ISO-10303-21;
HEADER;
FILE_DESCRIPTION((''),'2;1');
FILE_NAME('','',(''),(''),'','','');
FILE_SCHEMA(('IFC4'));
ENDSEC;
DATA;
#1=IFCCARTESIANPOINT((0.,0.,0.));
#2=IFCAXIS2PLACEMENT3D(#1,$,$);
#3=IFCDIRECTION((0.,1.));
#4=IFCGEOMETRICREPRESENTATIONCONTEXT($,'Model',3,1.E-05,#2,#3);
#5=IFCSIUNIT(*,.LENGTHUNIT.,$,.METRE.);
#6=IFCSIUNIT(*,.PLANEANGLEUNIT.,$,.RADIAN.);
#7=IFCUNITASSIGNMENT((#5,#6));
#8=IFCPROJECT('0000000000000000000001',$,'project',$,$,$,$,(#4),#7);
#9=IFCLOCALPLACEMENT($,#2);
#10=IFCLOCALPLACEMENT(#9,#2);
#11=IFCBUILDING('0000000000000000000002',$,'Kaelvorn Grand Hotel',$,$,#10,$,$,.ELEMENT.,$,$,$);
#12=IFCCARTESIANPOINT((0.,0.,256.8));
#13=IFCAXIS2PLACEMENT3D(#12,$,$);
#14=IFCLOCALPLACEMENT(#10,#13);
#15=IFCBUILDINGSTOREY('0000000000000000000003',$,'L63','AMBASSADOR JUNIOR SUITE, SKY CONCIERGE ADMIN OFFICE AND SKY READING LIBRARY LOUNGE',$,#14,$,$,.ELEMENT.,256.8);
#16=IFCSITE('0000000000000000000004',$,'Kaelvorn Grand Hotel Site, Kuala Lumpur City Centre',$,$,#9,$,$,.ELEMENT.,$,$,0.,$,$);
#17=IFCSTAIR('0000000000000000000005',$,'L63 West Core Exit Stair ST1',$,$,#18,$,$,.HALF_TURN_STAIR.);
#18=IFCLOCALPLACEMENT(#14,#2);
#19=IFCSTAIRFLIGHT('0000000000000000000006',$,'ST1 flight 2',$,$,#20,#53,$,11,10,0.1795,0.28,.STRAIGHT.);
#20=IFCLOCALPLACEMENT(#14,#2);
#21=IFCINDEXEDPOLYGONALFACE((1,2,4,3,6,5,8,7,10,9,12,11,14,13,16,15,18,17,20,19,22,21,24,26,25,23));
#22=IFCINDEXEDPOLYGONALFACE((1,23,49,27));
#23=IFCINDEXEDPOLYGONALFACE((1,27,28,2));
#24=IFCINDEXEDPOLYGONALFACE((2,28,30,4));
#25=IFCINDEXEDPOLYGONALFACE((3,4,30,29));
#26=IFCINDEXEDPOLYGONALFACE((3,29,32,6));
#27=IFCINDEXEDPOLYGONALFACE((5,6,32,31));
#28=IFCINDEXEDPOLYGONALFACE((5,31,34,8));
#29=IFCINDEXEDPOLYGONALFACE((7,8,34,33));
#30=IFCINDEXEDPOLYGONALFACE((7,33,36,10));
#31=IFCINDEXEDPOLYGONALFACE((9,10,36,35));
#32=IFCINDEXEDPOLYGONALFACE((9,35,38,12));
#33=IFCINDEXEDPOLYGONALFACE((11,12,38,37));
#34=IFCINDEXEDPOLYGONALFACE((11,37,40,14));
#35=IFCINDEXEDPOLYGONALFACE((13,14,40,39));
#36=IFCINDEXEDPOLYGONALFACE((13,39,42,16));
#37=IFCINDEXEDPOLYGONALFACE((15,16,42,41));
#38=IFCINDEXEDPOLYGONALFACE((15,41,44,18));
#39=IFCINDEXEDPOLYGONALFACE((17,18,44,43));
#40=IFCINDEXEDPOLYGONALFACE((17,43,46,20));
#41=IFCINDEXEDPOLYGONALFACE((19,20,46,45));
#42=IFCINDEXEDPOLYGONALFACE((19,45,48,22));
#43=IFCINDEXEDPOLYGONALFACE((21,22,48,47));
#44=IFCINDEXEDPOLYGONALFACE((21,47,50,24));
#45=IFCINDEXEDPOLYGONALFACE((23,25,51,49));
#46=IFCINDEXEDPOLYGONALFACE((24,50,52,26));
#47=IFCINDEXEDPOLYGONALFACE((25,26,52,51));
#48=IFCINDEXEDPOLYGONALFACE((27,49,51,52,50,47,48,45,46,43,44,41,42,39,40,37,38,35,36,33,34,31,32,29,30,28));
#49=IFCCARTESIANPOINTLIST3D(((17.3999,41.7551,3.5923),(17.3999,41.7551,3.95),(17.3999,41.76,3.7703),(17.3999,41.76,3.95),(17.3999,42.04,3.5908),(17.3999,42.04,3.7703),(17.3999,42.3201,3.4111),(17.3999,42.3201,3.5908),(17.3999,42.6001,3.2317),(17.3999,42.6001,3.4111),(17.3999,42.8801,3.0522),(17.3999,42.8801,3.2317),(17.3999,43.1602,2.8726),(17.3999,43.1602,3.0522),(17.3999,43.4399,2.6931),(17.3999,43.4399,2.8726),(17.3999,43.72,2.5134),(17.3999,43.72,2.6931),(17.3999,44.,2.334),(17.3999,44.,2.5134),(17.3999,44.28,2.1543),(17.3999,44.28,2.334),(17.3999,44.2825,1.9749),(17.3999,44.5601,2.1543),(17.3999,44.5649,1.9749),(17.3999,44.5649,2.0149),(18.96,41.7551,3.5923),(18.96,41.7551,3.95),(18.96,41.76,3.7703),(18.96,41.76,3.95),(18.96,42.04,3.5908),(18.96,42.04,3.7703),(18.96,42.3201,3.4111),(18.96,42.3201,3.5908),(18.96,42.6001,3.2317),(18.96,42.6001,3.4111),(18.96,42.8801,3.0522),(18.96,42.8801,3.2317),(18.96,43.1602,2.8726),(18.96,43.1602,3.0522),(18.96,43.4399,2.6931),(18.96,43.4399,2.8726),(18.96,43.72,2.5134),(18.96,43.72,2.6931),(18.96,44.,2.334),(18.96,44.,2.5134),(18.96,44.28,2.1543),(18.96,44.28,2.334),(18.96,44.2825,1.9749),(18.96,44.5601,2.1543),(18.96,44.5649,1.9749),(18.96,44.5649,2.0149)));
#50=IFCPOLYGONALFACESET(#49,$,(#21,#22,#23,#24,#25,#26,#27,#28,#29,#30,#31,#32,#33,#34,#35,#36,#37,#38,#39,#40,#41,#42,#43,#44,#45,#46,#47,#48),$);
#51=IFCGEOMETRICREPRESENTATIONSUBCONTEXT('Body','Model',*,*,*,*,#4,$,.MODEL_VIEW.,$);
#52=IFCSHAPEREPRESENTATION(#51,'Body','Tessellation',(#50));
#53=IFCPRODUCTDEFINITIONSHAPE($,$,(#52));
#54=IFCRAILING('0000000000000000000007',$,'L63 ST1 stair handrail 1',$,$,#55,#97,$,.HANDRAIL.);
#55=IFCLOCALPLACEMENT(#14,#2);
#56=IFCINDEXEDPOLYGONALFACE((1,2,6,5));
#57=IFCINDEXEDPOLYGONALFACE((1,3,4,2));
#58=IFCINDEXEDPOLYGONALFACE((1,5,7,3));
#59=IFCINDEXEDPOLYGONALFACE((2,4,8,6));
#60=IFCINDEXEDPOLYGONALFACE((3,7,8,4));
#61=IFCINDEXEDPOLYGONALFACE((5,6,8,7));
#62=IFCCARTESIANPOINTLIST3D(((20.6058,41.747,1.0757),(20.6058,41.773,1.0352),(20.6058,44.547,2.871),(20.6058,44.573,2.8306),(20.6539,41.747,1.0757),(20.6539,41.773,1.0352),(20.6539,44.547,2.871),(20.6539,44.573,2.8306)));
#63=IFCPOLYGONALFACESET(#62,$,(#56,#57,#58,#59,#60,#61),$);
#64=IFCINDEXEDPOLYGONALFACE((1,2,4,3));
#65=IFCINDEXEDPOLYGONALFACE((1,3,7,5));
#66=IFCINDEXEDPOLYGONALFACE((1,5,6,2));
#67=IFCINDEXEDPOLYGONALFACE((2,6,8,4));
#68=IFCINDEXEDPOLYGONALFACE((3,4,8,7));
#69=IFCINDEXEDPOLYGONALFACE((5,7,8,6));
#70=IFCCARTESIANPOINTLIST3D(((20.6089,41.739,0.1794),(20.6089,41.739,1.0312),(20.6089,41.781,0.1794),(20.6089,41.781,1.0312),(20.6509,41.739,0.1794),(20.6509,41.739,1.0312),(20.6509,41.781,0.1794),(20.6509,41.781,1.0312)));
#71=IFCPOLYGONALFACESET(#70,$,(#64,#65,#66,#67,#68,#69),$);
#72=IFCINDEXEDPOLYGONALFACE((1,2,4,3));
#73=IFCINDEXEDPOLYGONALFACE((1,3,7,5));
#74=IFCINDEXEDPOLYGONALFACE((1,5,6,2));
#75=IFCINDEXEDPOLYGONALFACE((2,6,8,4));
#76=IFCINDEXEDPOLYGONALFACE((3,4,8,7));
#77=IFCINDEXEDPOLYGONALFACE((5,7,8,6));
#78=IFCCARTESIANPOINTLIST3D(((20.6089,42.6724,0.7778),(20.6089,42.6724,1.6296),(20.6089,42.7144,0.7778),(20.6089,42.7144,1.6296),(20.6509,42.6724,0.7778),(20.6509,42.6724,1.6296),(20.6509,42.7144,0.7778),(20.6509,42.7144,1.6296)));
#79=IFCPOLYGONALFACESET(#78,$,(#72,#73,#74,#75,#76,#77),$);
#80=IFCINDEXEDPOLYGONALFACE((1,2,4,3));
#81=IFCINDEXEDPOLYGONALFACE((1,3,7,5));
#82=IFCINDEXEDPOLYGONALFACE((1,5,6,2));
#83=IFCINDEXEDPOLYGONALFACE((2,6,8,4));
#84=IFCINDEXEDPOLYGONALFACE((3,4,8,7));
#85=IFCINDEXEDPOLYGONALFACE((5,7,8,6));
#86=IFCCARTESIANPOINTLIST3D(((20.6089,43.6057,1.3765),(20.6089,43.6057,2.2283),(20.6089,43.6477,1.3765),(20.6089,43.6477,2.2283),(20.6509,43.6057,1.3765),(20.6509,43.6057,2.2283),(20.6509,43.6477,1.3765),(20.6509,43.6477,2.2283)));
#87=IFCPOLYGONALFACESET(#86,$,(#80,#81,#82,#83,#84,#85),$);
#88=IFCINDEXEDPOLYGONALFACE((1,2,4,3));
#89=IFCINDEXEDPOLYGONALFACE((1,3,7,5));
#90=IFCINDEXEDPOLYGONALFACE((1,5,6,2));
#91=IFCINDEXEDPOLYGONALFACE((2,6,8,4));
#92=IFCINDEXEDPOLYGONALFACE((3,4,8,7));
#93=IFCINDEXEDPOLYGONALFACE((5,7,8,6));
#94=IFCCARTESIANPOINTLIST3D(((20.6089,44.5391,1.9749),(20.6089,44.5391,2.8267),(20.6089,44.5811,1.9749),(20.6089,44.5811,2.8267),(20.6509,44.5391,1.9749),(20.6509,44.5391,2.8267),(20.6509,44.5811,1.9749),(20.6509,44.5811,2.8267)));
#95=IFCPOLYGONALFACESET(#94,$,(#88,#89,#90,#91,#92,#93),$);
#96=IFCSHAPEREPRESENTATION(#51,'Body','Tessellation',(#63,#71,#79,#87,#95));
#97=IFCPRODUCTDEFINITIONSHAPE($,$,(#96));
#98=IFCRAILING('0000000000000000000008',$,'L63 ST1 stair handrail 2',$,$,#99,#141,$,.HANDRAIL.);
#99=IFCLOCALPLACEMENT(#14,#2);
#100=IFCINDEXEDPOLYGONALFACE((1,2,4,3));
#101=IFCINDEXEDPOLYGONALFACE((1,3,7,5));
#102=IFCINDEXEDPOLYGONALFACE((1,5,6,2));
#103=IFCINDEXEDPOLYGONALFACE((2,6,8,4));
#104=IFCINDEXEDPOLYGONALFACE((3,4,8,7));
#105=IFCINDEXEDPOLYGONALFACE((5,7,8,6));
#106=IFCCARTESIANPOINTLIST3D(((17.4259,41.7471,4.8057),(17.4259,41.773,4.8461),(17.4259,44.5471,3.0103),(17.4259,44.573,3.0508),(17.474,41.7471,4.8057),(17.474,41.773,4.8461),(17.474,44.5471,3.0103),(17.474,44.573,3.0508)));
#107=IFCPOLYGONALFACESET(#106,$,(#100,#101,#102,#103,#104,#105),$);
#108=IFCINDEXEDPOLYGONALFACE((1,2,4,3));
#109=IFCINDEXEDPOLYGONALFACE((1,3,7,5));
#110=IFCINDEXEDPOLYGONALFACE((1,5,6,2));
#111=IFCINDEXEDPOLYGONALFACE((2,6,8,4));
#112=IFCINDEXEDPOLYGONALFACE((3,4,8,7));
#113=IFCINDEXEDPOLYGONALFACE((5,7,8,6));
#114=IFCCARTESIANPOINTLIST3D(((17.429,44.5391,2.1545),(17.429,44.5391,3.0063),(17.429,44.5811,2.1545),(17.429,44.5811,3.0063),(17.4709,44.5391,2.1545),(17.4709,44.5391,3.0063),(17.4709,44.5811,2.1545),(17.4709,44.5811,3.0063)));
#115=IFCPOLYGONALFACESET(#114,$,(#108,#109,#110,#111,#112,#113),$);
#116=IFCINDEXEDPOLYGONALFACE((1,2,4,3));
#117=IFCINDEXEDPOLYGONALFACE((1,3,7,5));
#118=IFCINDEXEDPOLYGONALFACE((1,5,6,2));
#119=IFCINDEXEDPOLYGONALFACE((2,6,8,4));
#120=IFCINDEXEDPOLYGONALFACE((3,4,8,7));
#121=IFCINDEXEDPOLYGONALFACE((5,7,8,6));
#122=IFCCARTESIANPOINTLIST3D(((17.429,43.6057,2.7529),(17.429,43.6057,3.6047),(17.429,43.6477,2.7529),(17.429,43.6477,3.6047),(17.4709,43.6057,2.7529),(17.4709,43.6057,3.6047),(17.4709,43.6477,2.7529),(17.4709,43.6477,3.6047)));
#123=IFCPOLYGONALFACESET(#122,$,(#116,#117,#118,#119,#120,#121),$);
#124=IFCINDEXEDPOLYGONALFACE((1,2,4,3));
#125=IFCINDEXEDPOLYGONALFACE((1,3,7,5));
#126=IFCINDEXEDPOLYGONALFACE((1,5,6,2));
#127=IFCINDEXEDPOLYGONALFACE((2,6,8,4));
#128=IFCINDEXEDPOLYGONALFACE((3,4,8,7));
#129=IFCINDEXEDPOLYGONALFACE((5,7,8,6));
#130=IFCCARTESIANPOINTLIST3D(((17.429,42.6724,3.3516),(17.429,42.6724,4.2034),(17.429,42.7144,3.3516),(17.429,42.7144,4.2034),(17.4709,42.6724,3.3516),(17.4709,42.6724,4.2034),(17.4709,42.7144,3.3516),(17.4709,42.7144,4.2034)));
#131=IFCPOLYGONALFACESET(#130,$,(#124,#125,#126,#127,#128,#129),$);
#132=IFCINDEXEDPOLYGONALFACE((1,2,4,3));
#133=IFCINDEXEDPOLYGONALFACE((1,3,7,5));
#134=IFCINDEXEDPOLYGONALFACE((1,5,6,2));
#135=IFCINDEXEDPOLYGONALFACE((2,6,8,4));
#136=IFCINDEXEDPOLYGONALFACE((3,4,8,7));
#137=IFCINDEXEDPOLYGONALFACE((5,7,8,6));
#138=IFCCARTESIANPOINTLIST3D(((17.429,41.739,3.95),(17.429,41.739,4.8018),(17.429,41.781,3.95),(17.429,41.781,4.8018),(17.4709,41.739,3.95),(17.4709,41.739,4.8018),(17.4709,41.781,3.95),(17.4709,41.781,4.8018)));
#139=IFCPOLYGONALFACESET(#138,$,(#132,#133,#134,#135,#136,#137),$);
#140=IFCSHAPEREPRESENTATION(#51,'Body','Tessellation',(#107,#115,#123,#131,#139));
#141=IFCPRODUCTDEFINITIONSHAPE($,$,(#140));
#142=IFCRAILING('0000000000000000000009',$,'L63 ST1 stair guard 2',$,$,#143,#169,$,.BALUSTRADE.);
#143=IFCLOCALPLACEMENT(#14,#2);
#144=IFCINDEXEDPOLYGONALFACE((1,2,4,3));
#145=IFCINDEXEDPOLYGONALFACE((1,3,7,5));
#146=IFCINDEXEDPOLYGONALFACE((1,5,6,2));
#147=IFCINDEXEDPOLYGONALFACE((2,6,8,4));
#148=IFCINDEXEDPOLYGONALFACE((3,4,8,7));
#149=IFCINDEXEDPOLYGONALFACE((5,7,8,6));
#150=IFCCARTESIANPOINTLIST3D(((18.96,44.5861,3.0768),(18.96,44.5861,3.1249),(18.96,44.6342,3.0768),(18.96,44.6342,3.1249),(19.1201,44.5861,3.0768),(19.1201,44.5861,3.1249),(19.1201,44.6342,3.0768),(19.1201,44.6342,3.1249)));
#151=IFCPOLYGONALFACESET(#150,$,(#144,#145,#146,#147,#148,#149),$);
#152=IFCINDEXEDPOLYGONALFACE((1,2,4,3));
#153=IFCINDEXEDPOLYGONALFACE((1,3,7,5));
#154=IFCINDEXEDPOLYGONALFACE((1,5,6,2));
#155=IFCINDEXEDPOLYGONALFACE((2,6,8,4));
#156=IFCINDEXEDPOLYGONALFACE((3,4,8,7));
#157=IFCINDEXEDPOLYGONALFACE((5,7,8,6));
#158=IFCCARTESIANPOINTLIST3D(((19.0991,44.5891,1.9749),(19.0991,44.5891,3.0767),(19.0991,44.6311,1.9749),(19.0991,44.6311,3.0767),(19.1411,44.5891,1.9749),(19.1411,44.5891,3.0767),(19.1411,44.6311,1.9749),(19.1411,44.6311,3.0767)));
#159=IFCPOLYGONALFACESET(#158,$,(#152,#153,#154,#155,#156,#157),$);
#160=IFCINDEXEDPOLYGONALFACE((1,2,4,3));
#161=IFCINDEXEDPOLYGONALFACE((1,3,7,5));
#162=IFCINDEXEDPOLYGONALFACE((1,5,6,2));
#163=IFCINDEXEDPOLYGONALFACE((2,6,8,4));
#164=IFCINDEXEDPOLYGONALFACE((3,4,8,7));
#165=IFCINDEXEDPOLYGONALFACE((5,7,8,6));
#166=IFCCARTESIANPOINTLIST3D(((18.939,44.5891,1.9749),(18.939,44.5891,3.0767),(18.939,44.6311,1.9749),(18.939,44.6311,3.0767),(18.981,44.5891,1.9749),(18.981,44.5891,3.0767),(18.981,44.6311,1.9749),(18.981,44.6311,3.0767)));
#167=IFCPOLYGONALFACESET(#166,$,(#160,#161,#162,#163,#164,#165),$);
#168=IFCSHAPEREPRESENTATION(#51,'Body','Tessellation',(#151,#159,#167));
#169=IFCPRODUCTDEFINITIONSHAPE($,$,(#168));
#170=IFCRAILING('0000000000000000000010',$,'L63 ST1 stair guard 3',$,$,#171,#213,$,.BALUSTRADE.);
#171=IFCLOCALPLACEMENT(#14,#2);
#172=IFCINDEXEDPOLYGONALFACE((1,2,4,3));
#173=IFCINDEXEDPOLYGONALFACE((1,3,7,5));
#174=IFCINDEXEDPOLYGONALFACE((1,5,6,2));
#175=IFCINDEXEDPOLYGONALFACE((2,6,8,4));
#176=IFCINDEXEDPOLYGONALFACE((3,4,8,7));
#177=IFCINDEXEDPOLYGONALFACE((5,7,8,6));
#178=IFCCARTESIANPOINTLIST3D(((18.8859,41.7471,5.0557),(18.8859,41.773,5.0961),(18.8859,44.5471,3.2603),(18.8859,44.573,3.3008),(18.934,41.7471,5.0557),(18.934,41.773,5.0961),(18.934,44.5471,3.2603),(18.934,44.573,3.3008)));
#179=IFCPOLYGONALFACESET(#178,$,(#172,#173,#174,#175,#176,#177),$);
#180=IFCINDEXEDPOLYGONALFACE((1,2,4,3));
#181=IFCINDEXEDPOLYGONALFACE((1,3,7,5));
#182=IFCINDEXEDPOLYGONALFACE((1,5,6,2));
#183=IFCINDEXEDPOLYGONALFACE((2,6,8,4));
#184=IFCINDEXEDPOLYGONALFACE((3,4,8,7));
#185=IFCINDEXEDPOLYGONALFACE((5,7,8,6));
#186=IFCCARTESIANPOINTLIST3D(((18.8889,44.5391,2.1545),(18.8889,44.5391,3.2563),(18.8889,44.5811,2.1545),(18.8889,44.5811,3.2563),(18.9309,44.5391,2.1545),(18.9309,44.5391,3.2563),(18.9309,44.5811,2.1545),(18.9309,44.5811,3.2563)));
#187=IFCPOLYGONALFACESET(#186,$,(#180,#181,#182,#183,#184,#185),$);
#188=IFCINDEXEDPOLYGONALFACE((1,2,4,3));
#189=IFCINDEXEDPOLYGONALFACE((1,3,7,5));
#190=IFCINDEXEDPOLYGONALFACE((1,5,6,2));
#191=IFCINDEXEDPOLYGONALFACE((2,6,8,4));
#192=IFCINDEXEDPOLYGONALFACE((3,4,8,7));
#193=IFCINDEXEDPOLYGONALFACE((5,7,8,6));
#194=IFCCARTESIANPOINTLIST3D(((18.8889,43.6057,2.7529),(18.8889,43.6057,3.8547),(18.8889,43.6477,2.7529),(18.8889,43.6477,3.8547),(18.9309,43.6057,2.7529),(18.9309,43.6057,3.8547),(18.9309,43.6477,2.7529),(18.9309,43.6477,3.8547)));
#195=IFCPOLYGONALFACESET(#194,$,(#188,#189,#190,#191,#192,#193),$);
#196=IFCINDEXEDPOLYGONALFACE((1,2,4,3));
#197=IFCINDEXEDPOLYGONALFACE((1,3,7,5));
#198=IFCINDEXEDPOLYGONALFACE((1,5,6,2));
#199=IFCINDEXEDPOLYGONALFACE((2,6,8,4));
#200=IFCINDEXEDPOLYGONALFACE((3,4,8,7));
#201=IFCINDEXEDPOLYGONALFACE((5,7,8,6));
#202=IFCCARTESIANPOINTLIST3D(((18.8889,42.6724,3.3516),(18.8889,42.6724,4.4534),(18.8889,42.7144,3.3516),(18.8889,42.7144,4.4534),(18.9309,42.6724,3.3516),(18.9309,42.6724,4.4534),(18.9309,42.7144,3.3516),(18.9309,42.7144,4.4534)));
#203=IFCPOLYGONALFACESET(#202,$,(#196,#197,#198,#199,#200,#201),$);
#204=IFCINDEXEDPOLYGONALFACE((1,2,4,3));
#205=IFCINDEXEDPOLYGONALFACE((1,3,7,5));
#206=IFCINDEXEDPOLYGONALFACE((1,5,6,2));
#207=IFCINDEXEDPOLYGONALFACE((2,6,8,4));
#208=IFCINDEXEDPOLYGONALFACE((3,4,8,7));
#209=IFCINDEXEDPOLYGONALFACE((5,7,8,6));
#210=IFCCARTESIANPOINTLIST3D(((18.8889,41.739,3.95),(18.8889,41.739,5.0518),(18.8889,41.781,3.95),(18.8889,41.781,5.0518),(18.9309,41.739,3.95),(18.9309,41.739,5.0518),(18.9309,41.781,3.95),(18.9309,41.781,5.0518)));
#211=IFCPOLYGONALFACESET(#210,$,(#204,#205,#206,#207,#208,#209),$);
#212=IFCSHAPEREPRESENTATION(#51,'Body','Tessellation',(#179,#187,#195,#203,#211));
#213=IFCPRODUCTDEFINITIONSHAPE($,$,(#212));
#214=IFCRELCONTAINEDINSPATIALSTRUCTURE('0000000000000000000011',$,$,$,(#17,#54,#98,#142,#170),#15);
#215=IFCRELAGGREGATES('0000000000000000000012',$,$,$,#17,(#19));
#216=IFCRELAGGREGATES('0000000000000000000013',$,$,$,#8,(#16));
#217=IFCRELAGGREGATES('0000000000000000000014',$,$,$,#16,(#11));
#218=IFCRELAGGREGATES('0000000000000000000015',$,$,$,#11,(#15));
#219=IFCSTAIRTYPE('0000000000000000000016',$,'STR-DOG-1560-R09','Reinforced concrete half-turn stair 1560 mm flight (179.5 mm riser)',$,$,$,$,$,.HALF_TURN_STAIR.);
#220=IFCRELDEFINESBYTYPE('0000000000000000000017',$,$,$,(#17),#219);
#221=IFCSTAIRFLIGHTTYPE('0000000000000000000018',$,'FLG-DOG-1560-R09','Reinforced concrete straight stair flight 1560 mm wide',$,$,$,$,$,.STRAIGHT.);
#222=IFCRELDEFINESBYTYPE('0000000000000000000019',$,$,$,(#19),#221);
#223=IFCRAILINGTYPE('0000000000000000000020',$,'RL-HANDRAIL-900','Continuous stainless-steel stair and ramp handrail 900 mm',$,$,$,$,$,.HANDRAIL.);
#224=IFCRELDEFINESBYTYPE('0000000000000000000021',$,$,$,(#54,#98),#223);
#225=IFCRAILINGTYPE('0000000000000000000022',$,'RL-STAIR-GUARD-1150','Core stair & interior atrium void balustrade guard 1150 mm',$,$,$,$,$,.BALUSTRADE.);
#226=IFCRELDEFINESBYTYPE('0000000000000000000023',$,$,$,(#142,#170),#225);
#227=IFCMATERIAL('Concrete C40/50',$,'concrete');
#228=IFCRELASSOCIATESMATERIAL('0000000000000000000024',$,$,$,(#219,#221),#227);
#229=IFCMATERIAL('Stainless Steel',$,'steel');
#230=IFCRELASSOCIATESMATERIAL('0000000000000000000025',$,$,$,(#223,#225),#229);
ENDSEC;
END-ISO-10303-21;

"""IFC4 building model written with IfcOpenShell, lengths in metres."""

from ifc_helpers import new_model, si_unit, direction, frame, origin, origin_2d, place, context, subcontext, project, spatial, polyline, rectangle, outline, extrude, material, type_object, element, aggregate, save


model = new_model("IFC4")

# Units and contexts
model_context = context("Model", 3, precision=1e-05, world=origin(), true_north=direction((0.0, 1.0)))
body_context = subcontext(model_context, "Body", "Model", "MODEL_VIEW")
ifc_project = project(units=[si_unit("LENGTHUNIT", "METRE"), si_unit("PLANEANGLEUNIT", "RADIAN")], contexts=[model_context])

# Site, building, storey
site_placement = place(None, origin())
site = spatial("IfcSite", under=ifc_project, at=site_placement, Name="Kaelvorn Grand Hotel Site, Kuala Lumpur City Centre", CompositionType="ELEMENT", RefElevation=0.0)
building_placement = place(site_placement, origin())
building = spatial("IfcBuilding", under=site, at=building_placement, Name="Kaelvorn Grand Hotel", CompositionType="ELEMENT")
storey_placement = place(building_placement, frame((0.0, 0.0, 256.8)))
storey = spatial("IfcBuildingStorey", under=building, at=storey_placement, Name="L63", Description="AMBASSADOR JUNIOR SUITE, SKY CONCIERGE ADMIN OFFICE AND SKY READING LIBRARY LOUNGE", CompositionType="ELEMENT", Elevation=256.8)

# Shared definitions
ifc_material_1 = material(Name="Concrete C40/50", Category="concrete")

# Stair, stair flight
stair_type = type_object("IfcStairType", Name="STR-DOG-1560-R09", Description="Reinforced concrete half-turn stair 1560 mm flight (179.5 mm riser)", PredefinedType="HALF_TURN_STAIR", material=ifc_material_1)
stair_placement = place(storey_placement, origin())
stair = element("IfcStair", 1, at=stair_placement, inside=storey, type_object=stair_type, Name="L63 West Core Exit Stair ST1", PredefinedType="HALF_TURN_STAIR")
stair_flight_type = type_object("IfcStairFlightType", Name="FLG-DOG-1560-R09", Description="Reinforced concrete straight stair flight 1560 mm wide", PredefinedType="STRAIGHT", material=ifc_material_1)
stair_flight_placement = place(storey_placement, frame((18.1799, 44.5601, 1.9749), z_axis=(0.0, 0.0, 1.0), x_axis=(0.0, -1.0, 0.0)))
stair_flight = element("IfcStairFlight", 2, at=stair_flight_placement, type_object=stair_flight_type, Name="ST1 flight 2", NumberOfRisers=11, NumberOfTreads=10, PredefinedType="STRAIGHT", RiserHeight=0.1795, TreadLength=0.28, context=body_context, shape_type="SweptSolid", body=[
    extrude(outline(polyline([(-0.0049, 0.0), (-0.0049, 0.04), (0.0, 0.1794), (0.28, 0.1794), (0.28, 0.3591), (0.5601, 0.3591), (0.5601, 0.5386), (0.8401, 0.5386), (0.8401, 0.7183), (1.1201, 0.7183), (1.1201, 0.8977), (1.3999, 0.8977), (1.3999, 1.0774), (1.6799, 1.0774), (1.6799, 1.2568), (1.96, 1.2568), (1.96, 1.4363), (2.24, 1.4363), (2.24, 1.616), (2.52, 1.616), (2.52, 1.7954), (2.8, 1.7954), (2.8, 1.9751), (2.8049, 1.9751), (2.8049, 1.6174), (0.2776, 0.0), (-0.0049, 0.0)])), frame((0.0, 0.78, 0.0), z_axis=(0.0, -1.0, 0.0), x_axis=(1.0, 0.0, 0.0)), (0.0, 0.0, 1.0), 1.5601),
])
aggregate(stair, [stair_flight])

# Railings
ifc_material_2 = material(Name="Stainless Steel", Category="steel")
railing_type_1 = type_object("IfcRailingType", Name="RL-HANDRAIL-900", Description="Continuous stainless-steel stair and ramp handrail 900 mm", PredefinedType="HANDRAIL", material=ifc_material_2)
railing_1_placement = place(storey_placement, frame((20.6299, 41.76, 0.1794)))
element("IfcRailing", 3, at=railing_1_placement, inside=storey, type_object=railing_type_1, Name="L63 ST1 stair handrail 1", PredefinedType="HANDRAIL", context=body_context, shape_type="SweptSolid", body=[
    extrude(rectangle(XDim=0.0481, YDim=0.0481, at=origin_2d()), frame((0.0, 0.0, 0.876), z_axis=(0.0, 0.84181, 0.539774), x_axis=(-1.0, 0.0, 0.0)), (0.0, 0.0, 1.0), 3.3262),
    extrude(rectangle(XDim=0.042, YDim=0.042, at=origin_2d()), origin(), (0.0, 0.0, 1.0), 0.8518),
    extrude(rectangle(XDim=0.042, YDim=0.042, at=origin_2d()), frame((0.0, 0.9333, 0.5984)), (0.0, 0.0, 1.0), 0.8518),
    extrude(rectangle(XDim=0.042, YDim=0.042, at=origin_2d()), frame((0.0, 1.8667, 1.197)), (0.0, 0.0, 1.0), 0.8518),
    extrude(rectangle(XDim=0.042, YDim=0.042, at=origin_2d()), frame((0.0, 2.8, 1.7954)), (0.0, 0.0, 1.0), 0.8518),
])
railing_2_placement = place(storey_placement, frame((17.45, 44.5601, 2.1545)))
element("IfcRailing", 4, at=railing_2_placement, inside=storey, type_object=railing_type_1, Name="L63 ST1 stair handrail 2", PredefinedType="HANDRAIL", context=body_context, shape_type="SweptSolid", body=[
    extrude(rectangle(XDim=0.0481, YDim=0.0481, at=origin_2d()), frame((0.0, 0.0, 0.876), z_axis=(0.0, -0.84181, 0.539774), x_axis=(1.0, 0.0, 0.0)), (0.0, 0.0, 1.0), 3.3262),
    extrude(rectangle(XDim=0.042, YDim=0.042, at=origin_2d()), origin(), (0.0, 0.0, 1.0), 0.8518),
    extrude(rectangle(XDim=0.042, YDim=0.042, at=origin_2d()), frame((0.0, -0.9333, 0.5984)), (0.0, 0.0, 1.0), 0.8518),
    extrude(rectangle(XDim=0.042, YDim=0.042, at=origin_2d()), frame((0.0, -1.8667, 1.197)), (0.0, 0.0, 1.0), 0.8518),
    extrude(rectangle(XDim=0.042, YDim=0.042, at=origin_2d()), frame((0.0, -2.8, 1.7954)), (0.0, 0.0, 1.0), 0.8518),
])
railing_type_2 = type_object("IfcRailingType", Name="RL-STAIR-GUARD-1150", Description="Core stair & interior atrium void balustrade guard 1150 mm", PredefinedType="BALUSTRADE", material=ifc_material_2)
railing_3_placement = place(storey_placement, frame((19.1201, 44.6101, 1.9749)))
element("IfcRailing", 5, at=railing_3_placement, inside=storey, type_object=railing_type_2, Name="L63 ST1 stair guard 2", PredefinedType="BALUSTRADE", context=body_context, shape_type="SweptSolid", body=[
    extrude(rectangle(XDim=0.0481, YDim=0.0481, at=origin_2d()), frame((0.0, 0.0, 1.126), z_axis=(-1.0, 0.0, 0.0), x_axis=(0.0, -1.0, 0.0)), (0.0, 0.0, 1.0), 0.1602),
    extrude(rectangle(XDim=0.042, YDim=0.042, at=origin_2d()), origin(), (0.0, 0.0, 1.0), 1.1018),
    extrude(rectangle(XDim=0.042, YDim=0.042, at=origin_2d()), frame((-0.1602, 0.0, 0.0)), (0.0, 0.0, 1.0), 1.1018),
])
railing_4_placement = place(storey_placement, frame((18.9099, 44.5601, 2.1545)))
element("IfcRailing", 6, at=railing_4_placement, inside=storey, type_object=railing_type_2, Name="L63 ST1 stair guard 3", PredefinedType="BALUSTRADE", context=body_context, shape_type="SweptSolid", body=[
    extrude(rectangle(XDim=0.0481, YDim=0.0481, at=origin_2d()), frame((0.0, 0.0, 1.126), z_axis=(0.0, -0.84181, 0.539774), x_axis=(1.0, 0.0, 0.0)), (0.0, 0.0, 1.0), 3.3262),
    extrude(rectangle(XDim=0.042, YDim=0.042, at=origin_2d()), origin(), (0.0, 0.0, 1.0), 1.1018),
    extrude(rectangle(XDim=0.042, YDim=0.042, at=origin_2d()), frame((0.0, -0.9333, 0.5984)), (0.0, 0.0, 1.0), 1.1018),
    extrude(rectangle(XDim=0.042, YDim=0.042, at=origin_2d()), frame((0.0, -1.8667, 1.197)), (0.0, 0.0, 1.0), 1.1018),
    extrude(rectangle(XDim=0.042, YDim=0.042, at=origin_2d()), frame((0.0, -2.8, 1.7954)), (0.0, 0.0, 1.0), 1.1018),
])

save(model, "model.ifc")
